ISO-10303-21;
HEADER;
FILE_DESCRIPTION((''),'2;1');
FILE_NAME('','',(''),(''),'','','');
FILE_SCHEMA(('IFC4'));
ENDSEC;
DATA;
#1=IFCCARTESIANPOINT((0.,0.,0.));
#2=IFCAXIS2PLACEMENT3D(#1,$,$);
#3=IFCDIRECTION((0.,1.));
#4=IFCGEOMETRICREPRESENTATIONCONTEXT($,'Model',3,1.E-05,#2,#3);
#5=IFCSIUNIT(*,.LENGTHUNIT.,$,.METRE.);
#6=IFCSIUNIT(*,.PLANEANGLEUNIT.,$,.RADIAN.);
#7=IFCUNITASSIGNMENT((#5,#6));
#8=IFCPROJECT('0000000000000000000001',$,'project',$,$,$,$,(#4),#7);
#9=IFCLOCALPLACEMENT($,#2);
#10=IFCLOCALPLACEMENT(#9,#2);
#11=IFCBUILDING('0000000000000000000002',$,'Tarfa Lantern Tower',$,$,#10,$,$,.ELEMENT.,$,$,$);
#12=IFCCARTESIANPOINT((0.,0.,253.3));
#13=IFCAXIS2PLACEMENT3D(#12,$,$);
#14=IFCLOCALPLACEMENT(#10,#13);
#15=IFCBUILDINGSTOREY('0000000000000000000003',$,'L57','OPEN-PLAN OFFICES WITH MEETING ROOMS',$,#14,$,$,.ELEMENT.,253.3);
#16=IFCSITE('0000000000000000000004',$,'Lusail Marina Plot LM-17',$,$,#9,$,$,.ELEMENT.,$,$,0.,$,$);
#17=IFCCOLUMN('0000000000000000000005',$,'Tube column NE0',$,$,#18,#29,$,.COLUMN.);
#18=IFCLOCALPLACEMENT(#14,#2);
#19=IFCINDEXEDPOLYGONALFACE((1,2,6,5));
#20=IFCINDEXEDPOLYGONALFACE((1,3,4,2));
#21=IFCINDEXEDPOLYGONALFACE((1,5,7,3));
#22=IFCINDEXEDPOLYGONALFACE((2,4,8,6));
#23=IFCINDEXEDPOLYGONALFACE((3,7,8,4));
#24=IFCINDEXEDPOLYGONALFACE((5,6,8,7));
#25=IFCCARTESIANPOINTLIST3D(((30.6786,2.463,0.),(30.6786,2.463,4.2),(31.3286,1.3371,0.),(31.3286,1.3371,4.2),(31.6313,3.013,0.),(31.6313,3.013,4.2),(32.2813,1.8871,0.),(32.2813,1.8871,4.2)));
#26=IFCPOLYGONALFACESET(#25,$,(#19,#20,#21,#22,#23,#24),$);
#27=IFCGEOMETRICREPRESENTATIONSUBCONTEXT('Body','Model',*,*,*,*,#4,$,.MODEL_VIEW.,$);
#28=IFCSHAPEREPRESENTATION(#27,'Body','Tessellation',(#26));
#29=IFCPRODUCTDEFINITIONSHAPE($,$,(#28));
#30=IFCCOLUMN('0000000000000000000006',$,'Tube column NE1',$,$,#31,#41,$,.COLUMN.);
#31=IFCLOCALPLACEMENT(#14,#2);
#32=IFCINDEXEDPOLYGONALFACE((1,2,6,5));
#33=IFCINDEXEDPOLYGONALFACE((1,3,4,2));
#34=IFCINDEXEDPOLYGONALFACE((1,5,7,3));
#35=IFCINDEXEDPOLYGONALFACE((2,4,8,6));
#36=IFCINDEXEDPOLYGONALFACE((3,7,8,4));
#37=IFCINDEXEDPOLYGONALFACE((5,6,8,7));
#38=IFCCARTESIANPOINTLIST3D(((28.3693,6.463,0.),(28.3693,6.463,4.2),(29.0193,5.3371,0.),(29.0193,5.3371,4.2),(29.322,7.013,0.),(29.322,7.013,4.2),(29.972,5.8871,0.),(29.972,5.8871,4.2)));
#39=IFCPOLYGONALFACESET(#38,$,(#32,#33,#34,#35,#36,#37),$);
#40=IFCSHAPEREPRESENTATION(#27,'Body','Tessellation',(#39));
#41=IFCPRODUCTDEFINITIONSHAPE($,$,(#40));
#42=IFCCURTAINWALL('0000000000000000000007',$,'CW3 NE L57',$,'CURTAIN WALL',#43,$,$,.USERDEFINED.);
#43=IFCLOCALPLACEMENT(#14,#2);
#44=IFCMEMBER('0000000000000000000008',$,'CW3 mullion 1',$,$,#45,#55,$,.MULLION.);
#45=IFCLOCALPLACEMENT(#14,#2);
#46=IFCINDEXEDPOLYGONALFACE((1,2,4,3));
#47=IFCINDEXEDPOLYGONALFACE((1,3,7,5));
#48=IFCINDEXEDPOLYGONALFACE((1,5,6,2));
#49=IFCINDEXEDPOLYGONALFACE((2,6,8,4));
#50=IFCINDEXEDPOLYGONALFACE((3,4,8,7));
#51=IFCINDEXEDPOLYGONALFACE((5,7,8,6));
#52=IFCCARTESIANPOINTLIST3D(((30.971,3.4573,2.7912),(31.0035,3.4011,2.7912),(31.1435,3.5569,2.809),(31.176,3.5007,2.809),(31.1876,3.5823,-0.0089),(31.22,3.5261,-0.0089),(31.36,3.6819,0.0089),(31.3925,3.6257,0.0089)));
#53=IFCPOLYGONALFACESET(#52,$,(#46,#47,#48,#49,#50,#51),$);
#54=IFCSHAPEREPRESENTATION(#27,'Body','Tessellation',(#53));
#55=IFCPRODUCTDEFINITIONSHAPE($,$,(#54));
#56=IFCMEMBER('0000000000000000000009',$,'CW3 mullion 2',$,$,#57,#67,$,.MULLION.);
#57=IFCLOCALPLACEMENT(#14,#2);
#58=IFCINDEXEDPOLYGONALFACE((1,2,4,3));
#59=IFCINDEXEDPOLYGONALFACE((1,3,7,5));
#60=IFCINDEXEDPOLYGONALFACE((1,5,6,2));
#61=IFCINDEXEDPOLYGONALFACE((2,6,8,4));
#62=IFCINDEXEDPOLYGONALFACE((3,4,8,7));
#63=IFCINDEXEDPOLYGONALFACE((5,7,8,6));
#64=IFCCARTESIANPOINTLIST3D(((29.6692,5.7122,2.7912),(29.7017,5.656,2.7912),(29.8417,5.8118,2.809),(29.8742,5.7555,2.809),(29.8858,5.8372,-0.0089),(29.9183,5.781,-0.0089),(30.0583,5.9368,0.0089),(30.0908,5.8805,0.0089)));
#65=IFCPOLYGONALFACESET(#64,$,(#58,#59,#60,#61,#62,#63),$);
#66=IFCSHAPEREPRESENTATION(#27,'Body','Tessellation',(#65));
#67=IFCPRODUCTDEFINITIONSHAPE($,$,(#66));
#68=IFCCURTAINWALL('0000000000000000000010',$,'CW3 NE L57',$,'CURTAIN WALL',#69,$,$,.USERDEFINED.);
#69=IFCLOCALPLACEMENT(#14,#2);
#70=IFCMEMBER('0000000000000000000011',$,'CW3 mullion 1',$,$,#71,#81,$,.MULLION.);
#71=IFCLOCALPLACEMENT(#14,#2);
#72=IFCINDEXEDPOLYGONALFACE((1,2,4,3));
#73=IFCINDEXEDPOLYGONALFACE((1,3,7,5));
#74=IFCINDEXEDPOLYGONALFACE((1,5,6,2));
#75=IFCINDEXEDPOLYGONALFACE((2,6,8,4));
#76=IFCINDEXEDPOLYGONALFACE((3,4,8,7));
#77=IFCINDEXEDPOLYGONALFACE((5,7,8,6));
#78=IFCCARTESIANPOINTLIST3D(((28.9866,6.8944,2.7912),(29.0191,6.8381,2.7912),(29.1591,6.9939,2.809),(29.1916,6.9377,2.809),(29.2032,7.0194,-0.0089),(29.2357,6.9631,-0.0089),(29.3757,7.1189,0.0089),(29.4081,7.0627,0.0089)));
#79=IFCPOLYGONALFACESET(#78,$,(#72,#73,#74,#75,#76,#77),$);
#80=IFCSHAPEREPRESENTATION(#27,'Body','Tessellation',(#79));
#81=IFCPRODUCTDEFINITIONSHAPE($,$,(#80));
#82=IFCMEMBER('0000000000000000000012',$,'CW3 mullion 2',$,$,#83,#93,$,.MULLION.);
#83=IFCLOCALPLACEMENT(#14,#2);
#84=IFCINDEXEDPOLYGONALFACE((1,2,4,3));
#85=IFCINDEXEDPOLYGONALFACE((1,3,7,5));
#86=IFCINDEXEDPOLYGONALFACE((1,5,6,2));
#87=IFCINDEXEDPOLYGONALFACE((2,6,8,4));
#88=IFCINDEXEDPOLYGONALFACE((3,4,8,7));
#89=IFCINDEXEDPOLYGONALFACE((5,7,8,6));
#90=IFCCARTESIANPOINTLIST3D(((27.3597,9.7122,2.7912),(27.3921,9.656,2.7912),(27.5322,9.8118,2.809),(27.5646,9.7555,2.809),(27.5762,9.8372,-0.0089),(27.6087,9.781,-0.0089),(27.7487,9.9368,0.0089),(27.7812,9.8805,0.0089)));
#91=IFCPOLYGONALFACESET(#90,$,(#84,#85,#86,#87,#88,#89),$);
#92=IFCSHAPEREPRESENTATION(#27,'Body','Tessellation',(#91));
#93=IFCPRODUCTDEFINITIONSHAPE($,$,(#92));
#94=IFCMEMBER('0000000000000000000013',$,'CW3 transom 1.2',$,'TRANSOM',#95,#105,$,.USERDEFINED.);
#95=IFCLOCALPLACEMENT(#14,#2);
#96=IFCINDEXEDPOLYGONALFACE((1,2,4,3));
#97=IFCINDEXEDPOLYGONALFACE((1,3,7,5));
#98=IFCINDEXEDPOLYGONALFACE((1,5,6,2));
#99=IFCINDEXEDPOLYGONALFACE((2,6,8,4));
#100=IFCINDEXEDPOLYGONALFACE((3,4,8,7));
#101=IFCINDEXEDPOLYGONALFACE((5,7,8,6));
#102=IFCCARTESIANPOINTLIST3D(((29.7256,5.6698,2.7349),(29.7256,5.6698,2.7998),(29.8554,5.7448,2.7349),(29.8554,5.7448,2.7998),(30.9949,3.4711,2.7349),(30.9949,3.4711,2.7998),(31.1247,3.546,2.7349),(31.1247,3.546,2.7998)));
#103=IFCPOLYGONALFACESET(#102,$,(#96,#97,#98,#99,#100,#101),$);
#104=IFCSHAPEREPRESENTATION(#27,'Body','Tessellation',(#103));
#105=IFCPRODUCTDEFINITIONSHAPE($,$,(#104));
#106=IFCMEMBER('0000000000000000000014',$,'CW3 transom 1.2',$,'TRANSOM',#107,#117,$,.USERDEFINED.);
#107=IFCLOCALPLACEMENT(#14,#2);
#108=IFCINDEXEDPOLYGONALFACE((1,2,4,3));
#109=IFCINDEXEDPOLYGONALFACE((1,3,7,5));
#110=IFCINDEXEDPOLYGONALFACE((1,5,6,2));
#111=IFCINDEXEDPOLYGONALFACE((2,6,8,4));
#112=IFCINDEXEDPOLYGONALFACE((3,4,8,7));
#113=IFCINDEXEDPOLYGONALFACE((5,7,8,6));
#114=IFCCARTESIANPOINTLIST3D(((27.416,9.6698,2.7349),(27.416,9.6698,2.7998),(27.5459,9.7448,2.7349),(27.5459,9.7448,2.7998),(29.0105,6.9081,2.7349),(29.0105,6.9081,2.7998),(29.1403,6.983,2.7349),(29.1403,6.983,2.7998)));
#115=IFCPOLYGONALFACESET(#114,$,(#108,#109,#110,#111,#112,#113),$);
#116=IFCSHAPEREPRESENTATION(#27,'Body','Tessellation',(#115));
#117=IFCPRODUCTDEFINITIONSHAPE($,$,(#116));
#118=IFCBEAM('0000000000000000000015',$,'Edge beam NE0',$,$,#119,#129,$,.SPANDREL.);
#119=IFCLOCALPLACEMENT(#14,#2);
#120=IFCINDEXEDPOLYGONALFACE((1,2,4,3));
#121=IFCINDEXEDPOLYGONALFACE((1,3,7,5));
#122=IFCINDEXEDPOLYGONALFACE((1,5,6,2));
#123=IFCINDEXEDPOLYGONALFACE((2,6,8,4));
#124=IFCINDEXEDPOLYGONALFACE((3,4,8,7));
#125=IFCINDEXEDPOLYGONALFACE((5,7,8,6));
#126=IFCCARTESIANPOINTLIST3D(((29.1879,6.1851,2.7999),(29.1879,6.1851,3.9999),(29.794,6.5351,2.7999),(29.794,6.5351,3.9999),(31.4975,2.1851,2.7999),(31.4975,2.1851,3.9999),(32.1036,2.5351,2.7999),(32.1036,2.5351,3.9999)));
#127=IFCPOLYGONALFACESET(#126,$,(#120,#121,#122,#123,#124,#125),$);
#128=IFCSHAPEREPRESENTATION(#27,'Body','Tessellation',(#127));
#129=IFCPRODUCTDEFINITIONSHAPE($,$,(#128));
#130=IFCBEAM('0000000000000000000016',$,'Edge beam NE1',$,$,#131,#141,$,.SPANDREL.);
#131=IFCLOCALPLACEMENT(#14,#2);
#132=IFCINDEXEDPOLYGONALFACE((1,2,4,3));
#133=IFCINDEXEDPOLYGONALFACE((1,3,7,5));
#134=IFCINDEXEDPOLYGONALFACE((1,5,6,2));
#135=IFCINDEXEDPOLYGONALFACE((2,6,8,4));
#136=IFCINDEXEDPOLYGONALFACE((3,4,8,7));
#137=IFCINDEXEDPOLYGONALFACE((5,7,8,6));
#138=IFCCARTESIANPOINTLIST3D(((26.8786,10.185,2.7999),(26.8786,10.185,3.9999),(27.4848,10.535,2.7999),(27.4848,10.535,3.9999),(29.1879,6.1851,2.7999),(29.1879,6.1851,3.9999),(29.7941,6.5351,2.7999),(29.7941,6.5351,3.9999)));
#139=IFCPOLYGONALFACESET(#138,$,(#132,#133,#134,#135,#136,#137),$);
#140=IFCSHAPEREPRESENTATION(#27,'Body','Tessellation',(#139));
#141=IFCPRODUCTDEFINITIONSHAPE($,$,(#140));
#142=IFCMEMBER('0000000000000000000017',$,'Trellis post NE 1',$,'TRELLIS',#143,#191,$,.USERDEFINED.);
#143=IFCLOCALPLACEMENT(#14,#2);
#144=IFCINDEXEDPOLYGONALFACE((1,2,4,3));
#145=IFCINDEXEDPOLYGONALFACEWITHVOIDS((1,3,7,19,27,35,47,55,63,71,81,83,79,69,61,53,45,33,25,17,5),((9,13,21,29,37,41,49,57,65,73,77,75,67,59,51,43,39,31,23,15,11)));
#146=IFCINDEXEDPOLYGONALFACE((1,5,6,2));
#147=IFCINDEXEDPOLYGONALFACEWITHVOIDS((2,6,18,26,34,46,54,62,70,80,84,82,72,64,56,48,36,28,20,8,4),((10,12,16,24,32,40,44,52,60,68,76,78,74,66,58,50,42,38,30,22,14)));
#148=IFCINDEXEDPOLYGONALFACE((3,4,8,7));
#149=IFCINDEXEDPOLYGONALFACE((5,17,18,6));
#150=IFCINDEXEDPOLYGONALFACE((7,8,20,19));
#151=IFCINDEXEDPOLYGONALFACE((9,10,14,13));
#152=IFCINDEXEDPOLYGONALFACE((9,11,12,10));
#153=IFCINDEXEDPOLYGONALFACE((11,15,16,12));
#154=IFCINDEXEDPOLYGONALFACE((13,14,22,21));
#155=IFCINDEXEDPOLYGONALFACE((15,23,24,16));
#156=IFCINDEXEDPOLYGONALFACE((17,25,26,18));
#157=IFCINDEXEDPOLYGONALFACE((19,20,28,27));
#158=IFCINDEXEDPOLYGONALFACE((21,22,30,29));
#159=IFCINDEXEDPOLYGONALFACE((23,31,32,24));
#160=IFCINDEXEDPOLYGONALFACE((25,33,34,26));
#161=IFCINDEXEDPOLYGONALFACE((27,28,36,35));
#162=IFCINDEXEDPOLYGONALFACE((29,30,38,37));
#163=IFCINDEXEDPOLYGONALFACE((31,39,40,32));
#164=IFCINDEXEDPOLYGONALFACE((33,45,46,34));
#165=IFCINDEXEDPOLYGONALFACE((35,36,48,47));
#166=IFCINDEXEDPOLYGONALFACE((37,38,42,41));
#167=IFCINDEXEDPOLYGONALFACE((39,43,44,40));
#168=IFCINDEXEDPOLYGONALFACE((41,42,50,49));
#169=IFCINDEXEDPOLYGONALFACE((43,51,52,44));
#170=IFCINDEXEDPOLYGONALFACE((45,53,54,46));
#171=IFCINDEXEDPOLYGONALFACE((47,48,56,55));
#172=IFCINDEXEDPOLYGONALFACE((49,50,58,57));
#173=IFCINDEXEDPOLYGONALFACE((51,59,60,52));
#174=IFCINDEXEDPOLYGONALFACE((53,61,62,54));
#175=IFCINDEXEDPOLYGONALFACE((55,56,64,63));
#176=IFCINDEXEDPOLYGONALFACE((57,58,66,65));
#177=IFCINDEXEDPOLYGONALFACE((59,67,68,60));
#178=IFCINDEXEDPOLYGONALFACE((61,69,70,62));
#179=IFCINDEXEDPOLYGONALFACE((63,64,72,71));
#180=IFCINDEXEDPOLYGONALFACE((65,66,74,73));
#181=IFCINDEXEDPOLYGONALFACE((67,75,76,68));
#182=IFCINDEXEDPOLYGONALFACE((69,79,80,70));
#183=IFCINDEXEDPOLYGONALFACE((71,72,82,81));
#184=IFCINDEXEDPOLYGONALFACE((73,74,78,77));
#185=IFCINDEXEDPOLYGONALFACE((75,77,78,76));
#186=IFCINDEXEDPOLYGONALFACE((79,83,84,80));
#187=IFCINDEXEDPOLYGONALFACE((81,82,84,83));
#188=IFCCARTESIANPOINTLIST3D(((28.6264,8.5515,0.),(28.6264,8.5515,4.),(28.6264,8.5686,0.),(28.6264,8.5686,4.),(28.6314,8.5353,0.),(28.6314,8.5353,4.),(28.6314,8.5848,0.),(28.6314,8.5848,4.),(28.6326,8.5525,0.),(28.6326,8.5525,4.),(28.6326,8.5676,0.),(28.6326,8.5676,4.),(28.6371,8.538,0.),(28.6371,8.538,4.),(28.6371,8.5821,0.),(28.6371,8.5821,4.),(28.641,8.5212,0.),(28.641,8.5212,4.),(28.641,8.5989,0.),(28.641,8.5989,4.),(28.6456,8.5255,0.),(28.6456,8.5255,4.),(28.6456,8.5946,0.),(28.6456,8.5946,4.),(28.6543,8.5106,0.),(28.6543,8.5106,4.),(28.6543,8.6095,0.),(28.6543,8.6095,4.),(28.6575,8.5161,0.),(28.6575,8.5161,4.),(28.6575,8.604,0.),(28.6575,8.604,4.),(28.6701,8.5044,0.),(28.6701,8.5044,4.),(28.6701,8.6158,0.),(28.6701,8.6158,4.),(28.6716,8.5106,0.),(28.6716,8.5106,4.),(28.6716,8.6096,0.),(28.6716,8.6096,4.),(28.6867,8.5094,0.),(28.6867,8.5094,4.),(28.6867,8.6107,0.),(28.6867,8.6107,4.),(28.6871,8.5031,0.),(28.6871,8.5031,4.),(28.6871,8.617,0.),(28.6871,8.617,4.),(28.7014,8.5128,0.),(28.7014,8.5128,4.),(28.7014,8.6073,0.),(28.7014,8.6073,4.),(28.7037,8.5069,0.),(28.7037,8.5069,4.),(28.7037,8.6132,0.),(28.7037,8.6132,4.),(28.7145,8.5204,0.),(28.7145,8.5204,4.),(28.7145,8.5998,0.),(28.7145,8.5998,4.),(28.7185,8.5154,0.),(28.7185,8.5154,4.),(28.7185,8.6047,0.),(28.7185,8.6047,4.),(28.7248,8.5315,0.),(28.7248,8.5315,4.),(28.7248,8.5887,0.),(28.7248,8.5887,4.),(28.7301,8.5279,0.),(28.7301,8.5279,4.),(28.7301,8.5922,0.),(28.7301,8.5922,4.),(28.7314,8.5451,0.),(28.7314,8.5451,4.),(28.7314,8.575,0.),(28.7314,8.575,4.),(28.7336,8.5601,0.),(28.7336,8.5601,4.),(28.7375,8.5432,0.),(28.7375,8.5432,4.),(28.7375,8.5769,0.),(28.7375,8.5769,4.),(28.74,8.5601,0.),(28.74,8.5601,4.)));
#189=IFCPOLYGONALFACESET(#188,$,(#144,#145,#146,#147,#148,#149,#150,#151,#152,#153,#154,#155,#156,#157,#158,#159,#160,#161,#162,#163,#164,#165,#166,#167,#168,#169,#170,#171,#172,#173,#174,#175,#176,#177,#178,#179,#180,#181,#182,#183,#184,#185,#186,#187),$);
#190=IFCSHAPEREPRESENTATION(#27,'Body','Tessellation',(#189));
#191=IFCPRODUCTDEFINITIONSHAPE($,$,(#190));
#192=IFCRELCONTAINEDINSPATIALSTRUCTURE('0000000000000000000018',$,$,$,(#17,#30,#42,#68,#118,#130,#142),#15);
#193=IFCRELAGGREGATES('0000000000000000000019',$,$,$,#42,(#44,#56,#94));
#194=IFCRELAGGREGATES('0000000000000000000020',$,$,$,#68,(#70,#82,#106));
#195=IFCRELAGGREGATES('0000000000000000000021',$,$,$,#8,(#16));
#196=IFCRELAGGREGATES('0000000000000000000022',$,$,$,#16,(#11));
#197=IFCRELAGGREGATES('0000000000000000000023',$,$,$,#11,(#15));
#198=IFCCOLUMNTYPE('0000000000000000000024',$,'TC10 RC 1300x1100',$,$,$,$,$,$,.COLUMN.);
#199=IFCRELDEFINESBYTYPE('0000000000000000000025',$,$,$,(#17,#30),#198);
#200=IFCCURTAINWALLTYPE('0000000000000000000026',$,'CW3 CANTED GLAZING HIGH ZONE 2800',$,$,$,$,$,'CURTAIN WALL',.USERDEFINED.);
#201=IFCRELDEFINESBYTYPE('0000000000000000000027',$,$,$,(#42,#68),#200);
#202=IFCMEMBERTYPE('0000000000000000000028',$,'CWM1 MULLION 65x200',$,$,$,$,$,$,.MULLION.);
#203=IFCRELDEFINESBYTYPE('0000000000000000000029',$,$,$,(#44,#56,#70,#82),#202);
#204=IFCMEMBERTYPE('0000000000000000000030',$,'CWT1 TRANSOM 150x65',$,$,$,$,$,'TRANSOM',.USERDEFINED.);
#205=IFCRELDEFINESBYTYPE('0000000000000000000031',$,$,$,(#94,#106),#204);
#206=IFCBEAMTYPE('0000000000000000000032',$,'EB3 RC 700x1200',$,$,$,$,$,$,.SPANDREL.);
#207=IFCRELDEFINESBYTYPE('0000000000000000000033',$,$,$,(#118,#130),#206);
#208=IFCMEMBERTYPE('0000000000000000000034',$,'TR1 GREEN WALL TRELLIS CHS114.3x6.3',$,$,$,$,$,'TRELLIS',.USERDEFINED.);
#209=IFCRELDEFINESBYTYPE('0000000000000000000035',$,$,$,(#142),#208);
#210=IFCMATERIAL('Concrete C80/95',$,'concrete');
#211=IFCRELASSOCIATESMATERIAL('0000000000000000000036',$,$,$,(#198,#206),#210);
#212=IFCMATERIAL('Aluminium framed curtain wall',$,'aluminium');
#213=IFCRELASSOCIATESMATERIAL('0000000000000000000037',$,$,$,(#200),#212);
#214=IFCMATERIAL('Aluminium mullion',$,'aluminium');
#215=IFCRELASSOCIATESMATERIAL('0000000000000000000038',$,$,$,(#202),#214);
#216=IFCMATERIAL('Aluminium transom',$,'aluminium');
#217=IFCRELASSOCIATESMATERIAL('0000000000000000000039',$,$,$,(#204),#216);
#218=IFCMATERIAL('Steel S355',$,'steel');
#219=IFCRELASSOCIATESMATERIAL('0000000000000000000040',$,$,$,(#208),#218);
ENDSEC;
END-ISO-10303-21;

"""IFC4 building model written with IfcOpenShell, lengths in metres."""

from ifc_helpers import new_model, si_unit, direction, frame, origin, origin_2d, place, context, subcontext, project, spatial, rectangle, hollow_circle, extrude, material, material_profile, profile_set, type_object, element, aggregate, save


model = new_model("IFC4")

# Units and contexts
model_context = context("Model", 3, precision=1e-05, world=origin(), true_north=direction((0.0, 1.0)))
body_context = subcontext(model_context, "Body", "Model", "MODEL_VIEW")
ifc_project = project(units=[si_unit("LENGTHUNIT", "METRE"), si_unit("PLANEANGLEUNIT", "RADIAN")], contexts=[model_context])

# Site, building, storey
site_placement = place(None, origin())
site = spatial("IfcSite", under=ifc_project, at=site_placement, Name="Lusail Marina Plot LM-17", CompositionType="ELEMENT", RefElevation=0.0)
building_placement = place(site_placement, origin())
building = spatial("IfcBuilding", under=site, at=building_placement, Name="Tarfa Lantern Tower", CompositionType="ELEMENT")
storey_placement = place(building_placement, frame((0.0, 0.0, 253.3)))
storey = spatial("IfcBuildingStorey", under=building, at=storey_placement, Name="L57", Description="OPEN-PLAN OFFICES WITH MEETING ROOMS", CompositionType="ELEMENT", Elevation=253.3)

# Columns
ifc_material_1 = material(Name="Concrete C80/95", Category="concrete")
ifc_material_profile_1 = material_profile(ifc_material_1, rectangle(XDim=1.3, YDim=1.1001, at=origin_2d()), Name="RC 1300x1100")
ifc_profile_set_1 = profile_set([ifc_material_profile_1], Name="Concrete C80/95")
column_type = type_object("IfcColumnType", Name="TC10 RC 1300x1100", PredefinedType="COLUMN", material=ifc_profile_set_1)
for number, where, z_axis, x_axis, name in (
    (1, (31.48, 2.175, 0.0), (0.0, 0.0, 1.0), (-0.5, 0.866025, 0.0), "Tube column NE0"),
    (2, (29.1707, 6.175, 0.0), (0.0, 0.0, 1.0), (-0.5, 0.866025, 0.0), "Tube column NE1"),
):
    element("IfcColumn", number, at=place(storey_placement, frame(where, z_axis=z_axis, x_axis=x_axis)), inside=storey, type_object=column_type, Name=name, PredefinedType="COLUMN", context=body_context, shape_type="SweptSolid", body=[
        extrude(rectangle(XDim=1.3, YDim=1.1001, at=origin_2d()), origin(), (0.0, 0.0, 1.0), 4.2),
    ])

# Curtain walls, members
ifc_material_2 = material(Name="Aluminium framed curtain wall", Category="aluminium")
curtain_wall_type = type_object("IfcCurtainWallType", Name="CW3 CANTED GLAZING HIGH ZONE 2800", ElementType="CURTAIN WALL", PredefinedType="USERDEFINED", material=ifc_material_2)
curtain_wall_1_placement = place(storey_placement, origin())
curtain_wall_1 = element("IfcCurtainWall", 3, at=curtain_wall_1_placement, inside=storey, type_object=curtain_wall_type, Name="CW3 NE L57", ObjectType="CURTAIN WALL", PredefinedType="USERDEFINED")
ifc_material_3 = material(Name="Aluminium mullion", Category="aluminium")
ifc_material_profile_2 = material_profile(ifc_material_3, rectangle(XDim=0.0649, YDim=0.2, at=origin_2d()), Name="AL MULLION 65x200")
ifc_profile_set_2 = profile_set([ifc_material_profile_2], Name="Aluminium mullion")
member_type_1 = type_object("IfcMemberType", Name="CWM1 MULLION 65x200", PredefinedType="MULLION", material=ifc_profile_set_2)
member_1_placement = place(storey_placement, frame((31.29, 3.604, 0.0), z_axis=(-0.077032, -0.044465, 0.996037), x_axis=(0.49992, -0.866072, 0.0)))
member_1 = element("IfcMember", 4, at=member_1_placement, type_object=member_type_1, Name="CW3 mullion 1", PredefinedType="MULLION", context=body_context, shape_type="SweptSolid", body=[
    extrude(rectangle(XDim=0.0649, YDim=0.2, at=origin_2d()), origin(), (0.0, 0.0, 1.0), 2.8113),
])
member_2_placement = place(storey_placement, frame((29.9883, 5.8589, 0.0), z_axis=(-0.077032, -0.044465, 0.996037), x_axis=(0.49992, -0.866072, 0.0)))
member_2 = element("IfcMember", 5, at=member_2_placement, type_object=member_type_1, Name="CW3 mullion 2", PredefinedType="MULLION", context=body_context, shape_type="SweptSolid", body=[
    extrude(rectangle(XDim=0.0649, YDim=0.2, at=origin_2d()), origin(), (0.0, 0.0, 1.0), 2.8113),
])
curtain_wall_2_placement = place(storey_placement, origin())
curtain_wall_2 = element("IfcCurtainWall", 6, at=curtain_wall_2_placement, inside=storey, type_object=curtain_wall_type, Name="CW3 NE L57", ObjectType="CURTAIN WALL", PredefinedType="USERDEFINED")
member_3_placement = place(storey_placement, frame((29.3057, 7.041, 0.0), z_axis=(-0.077032, -0.044465, 0.996037), x_axis=(0.49992, -0.866072, 0.0)))
member_3 = element("IfcMember", 7, at=member_3_placement, type_object=member_type_1, Name="CW3 mullion 1", PredefinedType="MULLION", context=body_context, shape_type="SweptSolid", body=[
    extrude(rectangle(XDim=0.0649, YDim=0.2, at=origin_2d()), origin(), (0.0, 0.0, 1.0), 2.8113),
])
member_4_placement = place(storey_placement, frame((27.6787, 9.8589, 0.0), z_axis=(-0.077032, -0.044465, 0.996037), x_axis=(0.49992, -0.866072, 0.0)))
member_4 = element("IfcMember", 8, at=member_4_placement, type_object=member_type_1, Name="CW3 mullion 2", PredefinedType="MULLION", context=body_context, shape_type="SweptSolid", body=[
    extrude(rectangle(XDim=0.0649, YDim=0.2, at=origin_2d()), origin(), (0.0, 0.0, 1.0), 2.8113),
])

# Members
ifc_material_4 = material(Name="Aluminium transom", Category="aluminium")
ifc_material_profile_3 = material_profile(ifc_material_4, rectangle(XDim=0.1499, YDim=0.0649, at=origin_2d()), Name="AL TRANSOM 150x65")
ifc_profile_set_3 = profile_set([ifc_material_profile_3], Name="Aluminium transom")
member_type_2 = type_object("IfcMemberType", Name="CWT1 TRANSOM 150x65", ElementType="TRANSOM", PredefinedType="USERDEFINED", material=ifc_profile_set_3)
member_5_placement = place(storey_placement, frame((31.0598, 3.5085, 2.7673), z_axis=(-0.499956, 0.866051, 0.0), x_axis=(-0.866051, -0.499956, 0.0)))
member_5 = element("IfcMember", 9, at=member_5_placement, type_object=member_type_2, Name="CW3 transom 1.2", ObjectType="TRANSOM", PredefinedType="USERDEFINED", context=body_context, shape_type="SweptSolid", body=[
    extrude(rectangle(XDim=0.1499, YDim=0.0649, at=origin_2d()), origin(), (0.0, 0.0, 1.0), 2.5388),
])
member_6_placement = place(storey_placement, frame((29.0754, 6.9456, 2.7673), z_axis=(-0.500001, 0.866025, 0.0), x_axis=(-0.866025, -0.500001, 0.0)))
member_6 = element("IfcMember", 10, at=member_6_placement, type_object=member_type_2, Name="CW3 transom 1.2", ObjectType="TRANSOM", PredefinedType="USERDEFINED", context=body_context, shape_type="SweptSolid", body=[
    extrude(rectangle(XDim=0.1499, YDim=0.0649, at=origin_2d()), origin(), (0.0, 0.0, 1.0), 3.189),
])

# Beams
ifc_material_profile_4 = material_profile(ifc_material_1, rectangle(XDim=0.7, YDim=1.2, at=origin_2d()), Name="RC 700x1200")
ifc_profile_set_4 = profile_set([ifc_material_profile_4], Name="Concrete C80/95")
beam_type_1 = type_object("IfcBeamType", Name="EB3 RC 700x1200", PredefinedType="SPANDREL", material=ifc_profile_set_4)
beam_1_placement = place(storey_placement, frame((31.8005, 2.3601, 3.3999), z_axis=(-0.500027, 0.86601, 0.0), x_axis=(-0.86601, -0.500027, 0.0)))
element("IfcBeam", 11, at=beam_1_placement, inside=storey, type_object=beam_type_1, Name="Edge beam NE0", PredefinedType="SPANDREL", context=body_context, shape_type="SweptSolid", body=[
    extrude(rectangle(XDim=0.7, YDim=1.2, at=origin_2d()), origin(), (0.0, 0.0, 1.0), 4.6189),
])
beam_2_placement = place(storey_placement, frame((29.491, 6.3601, 3.3999), z_axis=(-0.499988, 0.866032, 0.0), x_axis=(-0.866032, -0.499988, 0.0)))
element("IfcBeam", 12, at=beam_2_placement, inside=storey, type_object=beam_type_1, Name="Edge beam NE1", PredefinedType="SPANDREL", context=body_context, shape_type="SweptSolid", body=[
    extrude(rectangle(XDim=0.7, YDim=1.2, at=origin_2d()), origin(), (0.0, 0.0, 1.0), 4.6187),
])

# Member
ifc_material_5 = material(Name="Steel S355", Category="steel")
ifc_material_profile_5 = material_profile(ifc_material_5, hollow_circle(Radius=0.0571, WallThickness=0.0063, at=origin_2d()), Name="CHS114.3x6.3")
ifc_profile_set_5 = profile_set([ifc_material_profile_5], Name="Steel S355")
member_type_3 = type_object("IfcMemberType", Name="TR1 GREEN WALL TRELLIS CHS114.3x6.3", ElementType="TRELLIS", PredefinedType="USERDEFINED", material=ifc_profile_set_5)
member_7_placement = place(storey_placement, frame((28.6829, 8.5601, 0.0), z_axis=(0.0, 0.0, 1.0), x_axis=(1.0, 0.0, 0.0)))
element("IfcMember", 13, at=member_7_placement, inside=storey, type_object=member_type_3, Name="Trellis post NE 1", ObjectType="TRELLIS", PredefinedType="USERDEFINED", context=body_context, shape_type="SweptSolid", body=[
    extrude(hollow_circle(Radius=0.0571, WallThickness=0.0063, at=origin_2d()), origin(), (0.0, 0.0, 1.0), 4.0),
])

aggregate(curtain_wall_1, [member_1, member_2, member_5])
aggregate(curtain_wall_2, [member_3, member_4, member_6])

save(model, "model.ifc")
